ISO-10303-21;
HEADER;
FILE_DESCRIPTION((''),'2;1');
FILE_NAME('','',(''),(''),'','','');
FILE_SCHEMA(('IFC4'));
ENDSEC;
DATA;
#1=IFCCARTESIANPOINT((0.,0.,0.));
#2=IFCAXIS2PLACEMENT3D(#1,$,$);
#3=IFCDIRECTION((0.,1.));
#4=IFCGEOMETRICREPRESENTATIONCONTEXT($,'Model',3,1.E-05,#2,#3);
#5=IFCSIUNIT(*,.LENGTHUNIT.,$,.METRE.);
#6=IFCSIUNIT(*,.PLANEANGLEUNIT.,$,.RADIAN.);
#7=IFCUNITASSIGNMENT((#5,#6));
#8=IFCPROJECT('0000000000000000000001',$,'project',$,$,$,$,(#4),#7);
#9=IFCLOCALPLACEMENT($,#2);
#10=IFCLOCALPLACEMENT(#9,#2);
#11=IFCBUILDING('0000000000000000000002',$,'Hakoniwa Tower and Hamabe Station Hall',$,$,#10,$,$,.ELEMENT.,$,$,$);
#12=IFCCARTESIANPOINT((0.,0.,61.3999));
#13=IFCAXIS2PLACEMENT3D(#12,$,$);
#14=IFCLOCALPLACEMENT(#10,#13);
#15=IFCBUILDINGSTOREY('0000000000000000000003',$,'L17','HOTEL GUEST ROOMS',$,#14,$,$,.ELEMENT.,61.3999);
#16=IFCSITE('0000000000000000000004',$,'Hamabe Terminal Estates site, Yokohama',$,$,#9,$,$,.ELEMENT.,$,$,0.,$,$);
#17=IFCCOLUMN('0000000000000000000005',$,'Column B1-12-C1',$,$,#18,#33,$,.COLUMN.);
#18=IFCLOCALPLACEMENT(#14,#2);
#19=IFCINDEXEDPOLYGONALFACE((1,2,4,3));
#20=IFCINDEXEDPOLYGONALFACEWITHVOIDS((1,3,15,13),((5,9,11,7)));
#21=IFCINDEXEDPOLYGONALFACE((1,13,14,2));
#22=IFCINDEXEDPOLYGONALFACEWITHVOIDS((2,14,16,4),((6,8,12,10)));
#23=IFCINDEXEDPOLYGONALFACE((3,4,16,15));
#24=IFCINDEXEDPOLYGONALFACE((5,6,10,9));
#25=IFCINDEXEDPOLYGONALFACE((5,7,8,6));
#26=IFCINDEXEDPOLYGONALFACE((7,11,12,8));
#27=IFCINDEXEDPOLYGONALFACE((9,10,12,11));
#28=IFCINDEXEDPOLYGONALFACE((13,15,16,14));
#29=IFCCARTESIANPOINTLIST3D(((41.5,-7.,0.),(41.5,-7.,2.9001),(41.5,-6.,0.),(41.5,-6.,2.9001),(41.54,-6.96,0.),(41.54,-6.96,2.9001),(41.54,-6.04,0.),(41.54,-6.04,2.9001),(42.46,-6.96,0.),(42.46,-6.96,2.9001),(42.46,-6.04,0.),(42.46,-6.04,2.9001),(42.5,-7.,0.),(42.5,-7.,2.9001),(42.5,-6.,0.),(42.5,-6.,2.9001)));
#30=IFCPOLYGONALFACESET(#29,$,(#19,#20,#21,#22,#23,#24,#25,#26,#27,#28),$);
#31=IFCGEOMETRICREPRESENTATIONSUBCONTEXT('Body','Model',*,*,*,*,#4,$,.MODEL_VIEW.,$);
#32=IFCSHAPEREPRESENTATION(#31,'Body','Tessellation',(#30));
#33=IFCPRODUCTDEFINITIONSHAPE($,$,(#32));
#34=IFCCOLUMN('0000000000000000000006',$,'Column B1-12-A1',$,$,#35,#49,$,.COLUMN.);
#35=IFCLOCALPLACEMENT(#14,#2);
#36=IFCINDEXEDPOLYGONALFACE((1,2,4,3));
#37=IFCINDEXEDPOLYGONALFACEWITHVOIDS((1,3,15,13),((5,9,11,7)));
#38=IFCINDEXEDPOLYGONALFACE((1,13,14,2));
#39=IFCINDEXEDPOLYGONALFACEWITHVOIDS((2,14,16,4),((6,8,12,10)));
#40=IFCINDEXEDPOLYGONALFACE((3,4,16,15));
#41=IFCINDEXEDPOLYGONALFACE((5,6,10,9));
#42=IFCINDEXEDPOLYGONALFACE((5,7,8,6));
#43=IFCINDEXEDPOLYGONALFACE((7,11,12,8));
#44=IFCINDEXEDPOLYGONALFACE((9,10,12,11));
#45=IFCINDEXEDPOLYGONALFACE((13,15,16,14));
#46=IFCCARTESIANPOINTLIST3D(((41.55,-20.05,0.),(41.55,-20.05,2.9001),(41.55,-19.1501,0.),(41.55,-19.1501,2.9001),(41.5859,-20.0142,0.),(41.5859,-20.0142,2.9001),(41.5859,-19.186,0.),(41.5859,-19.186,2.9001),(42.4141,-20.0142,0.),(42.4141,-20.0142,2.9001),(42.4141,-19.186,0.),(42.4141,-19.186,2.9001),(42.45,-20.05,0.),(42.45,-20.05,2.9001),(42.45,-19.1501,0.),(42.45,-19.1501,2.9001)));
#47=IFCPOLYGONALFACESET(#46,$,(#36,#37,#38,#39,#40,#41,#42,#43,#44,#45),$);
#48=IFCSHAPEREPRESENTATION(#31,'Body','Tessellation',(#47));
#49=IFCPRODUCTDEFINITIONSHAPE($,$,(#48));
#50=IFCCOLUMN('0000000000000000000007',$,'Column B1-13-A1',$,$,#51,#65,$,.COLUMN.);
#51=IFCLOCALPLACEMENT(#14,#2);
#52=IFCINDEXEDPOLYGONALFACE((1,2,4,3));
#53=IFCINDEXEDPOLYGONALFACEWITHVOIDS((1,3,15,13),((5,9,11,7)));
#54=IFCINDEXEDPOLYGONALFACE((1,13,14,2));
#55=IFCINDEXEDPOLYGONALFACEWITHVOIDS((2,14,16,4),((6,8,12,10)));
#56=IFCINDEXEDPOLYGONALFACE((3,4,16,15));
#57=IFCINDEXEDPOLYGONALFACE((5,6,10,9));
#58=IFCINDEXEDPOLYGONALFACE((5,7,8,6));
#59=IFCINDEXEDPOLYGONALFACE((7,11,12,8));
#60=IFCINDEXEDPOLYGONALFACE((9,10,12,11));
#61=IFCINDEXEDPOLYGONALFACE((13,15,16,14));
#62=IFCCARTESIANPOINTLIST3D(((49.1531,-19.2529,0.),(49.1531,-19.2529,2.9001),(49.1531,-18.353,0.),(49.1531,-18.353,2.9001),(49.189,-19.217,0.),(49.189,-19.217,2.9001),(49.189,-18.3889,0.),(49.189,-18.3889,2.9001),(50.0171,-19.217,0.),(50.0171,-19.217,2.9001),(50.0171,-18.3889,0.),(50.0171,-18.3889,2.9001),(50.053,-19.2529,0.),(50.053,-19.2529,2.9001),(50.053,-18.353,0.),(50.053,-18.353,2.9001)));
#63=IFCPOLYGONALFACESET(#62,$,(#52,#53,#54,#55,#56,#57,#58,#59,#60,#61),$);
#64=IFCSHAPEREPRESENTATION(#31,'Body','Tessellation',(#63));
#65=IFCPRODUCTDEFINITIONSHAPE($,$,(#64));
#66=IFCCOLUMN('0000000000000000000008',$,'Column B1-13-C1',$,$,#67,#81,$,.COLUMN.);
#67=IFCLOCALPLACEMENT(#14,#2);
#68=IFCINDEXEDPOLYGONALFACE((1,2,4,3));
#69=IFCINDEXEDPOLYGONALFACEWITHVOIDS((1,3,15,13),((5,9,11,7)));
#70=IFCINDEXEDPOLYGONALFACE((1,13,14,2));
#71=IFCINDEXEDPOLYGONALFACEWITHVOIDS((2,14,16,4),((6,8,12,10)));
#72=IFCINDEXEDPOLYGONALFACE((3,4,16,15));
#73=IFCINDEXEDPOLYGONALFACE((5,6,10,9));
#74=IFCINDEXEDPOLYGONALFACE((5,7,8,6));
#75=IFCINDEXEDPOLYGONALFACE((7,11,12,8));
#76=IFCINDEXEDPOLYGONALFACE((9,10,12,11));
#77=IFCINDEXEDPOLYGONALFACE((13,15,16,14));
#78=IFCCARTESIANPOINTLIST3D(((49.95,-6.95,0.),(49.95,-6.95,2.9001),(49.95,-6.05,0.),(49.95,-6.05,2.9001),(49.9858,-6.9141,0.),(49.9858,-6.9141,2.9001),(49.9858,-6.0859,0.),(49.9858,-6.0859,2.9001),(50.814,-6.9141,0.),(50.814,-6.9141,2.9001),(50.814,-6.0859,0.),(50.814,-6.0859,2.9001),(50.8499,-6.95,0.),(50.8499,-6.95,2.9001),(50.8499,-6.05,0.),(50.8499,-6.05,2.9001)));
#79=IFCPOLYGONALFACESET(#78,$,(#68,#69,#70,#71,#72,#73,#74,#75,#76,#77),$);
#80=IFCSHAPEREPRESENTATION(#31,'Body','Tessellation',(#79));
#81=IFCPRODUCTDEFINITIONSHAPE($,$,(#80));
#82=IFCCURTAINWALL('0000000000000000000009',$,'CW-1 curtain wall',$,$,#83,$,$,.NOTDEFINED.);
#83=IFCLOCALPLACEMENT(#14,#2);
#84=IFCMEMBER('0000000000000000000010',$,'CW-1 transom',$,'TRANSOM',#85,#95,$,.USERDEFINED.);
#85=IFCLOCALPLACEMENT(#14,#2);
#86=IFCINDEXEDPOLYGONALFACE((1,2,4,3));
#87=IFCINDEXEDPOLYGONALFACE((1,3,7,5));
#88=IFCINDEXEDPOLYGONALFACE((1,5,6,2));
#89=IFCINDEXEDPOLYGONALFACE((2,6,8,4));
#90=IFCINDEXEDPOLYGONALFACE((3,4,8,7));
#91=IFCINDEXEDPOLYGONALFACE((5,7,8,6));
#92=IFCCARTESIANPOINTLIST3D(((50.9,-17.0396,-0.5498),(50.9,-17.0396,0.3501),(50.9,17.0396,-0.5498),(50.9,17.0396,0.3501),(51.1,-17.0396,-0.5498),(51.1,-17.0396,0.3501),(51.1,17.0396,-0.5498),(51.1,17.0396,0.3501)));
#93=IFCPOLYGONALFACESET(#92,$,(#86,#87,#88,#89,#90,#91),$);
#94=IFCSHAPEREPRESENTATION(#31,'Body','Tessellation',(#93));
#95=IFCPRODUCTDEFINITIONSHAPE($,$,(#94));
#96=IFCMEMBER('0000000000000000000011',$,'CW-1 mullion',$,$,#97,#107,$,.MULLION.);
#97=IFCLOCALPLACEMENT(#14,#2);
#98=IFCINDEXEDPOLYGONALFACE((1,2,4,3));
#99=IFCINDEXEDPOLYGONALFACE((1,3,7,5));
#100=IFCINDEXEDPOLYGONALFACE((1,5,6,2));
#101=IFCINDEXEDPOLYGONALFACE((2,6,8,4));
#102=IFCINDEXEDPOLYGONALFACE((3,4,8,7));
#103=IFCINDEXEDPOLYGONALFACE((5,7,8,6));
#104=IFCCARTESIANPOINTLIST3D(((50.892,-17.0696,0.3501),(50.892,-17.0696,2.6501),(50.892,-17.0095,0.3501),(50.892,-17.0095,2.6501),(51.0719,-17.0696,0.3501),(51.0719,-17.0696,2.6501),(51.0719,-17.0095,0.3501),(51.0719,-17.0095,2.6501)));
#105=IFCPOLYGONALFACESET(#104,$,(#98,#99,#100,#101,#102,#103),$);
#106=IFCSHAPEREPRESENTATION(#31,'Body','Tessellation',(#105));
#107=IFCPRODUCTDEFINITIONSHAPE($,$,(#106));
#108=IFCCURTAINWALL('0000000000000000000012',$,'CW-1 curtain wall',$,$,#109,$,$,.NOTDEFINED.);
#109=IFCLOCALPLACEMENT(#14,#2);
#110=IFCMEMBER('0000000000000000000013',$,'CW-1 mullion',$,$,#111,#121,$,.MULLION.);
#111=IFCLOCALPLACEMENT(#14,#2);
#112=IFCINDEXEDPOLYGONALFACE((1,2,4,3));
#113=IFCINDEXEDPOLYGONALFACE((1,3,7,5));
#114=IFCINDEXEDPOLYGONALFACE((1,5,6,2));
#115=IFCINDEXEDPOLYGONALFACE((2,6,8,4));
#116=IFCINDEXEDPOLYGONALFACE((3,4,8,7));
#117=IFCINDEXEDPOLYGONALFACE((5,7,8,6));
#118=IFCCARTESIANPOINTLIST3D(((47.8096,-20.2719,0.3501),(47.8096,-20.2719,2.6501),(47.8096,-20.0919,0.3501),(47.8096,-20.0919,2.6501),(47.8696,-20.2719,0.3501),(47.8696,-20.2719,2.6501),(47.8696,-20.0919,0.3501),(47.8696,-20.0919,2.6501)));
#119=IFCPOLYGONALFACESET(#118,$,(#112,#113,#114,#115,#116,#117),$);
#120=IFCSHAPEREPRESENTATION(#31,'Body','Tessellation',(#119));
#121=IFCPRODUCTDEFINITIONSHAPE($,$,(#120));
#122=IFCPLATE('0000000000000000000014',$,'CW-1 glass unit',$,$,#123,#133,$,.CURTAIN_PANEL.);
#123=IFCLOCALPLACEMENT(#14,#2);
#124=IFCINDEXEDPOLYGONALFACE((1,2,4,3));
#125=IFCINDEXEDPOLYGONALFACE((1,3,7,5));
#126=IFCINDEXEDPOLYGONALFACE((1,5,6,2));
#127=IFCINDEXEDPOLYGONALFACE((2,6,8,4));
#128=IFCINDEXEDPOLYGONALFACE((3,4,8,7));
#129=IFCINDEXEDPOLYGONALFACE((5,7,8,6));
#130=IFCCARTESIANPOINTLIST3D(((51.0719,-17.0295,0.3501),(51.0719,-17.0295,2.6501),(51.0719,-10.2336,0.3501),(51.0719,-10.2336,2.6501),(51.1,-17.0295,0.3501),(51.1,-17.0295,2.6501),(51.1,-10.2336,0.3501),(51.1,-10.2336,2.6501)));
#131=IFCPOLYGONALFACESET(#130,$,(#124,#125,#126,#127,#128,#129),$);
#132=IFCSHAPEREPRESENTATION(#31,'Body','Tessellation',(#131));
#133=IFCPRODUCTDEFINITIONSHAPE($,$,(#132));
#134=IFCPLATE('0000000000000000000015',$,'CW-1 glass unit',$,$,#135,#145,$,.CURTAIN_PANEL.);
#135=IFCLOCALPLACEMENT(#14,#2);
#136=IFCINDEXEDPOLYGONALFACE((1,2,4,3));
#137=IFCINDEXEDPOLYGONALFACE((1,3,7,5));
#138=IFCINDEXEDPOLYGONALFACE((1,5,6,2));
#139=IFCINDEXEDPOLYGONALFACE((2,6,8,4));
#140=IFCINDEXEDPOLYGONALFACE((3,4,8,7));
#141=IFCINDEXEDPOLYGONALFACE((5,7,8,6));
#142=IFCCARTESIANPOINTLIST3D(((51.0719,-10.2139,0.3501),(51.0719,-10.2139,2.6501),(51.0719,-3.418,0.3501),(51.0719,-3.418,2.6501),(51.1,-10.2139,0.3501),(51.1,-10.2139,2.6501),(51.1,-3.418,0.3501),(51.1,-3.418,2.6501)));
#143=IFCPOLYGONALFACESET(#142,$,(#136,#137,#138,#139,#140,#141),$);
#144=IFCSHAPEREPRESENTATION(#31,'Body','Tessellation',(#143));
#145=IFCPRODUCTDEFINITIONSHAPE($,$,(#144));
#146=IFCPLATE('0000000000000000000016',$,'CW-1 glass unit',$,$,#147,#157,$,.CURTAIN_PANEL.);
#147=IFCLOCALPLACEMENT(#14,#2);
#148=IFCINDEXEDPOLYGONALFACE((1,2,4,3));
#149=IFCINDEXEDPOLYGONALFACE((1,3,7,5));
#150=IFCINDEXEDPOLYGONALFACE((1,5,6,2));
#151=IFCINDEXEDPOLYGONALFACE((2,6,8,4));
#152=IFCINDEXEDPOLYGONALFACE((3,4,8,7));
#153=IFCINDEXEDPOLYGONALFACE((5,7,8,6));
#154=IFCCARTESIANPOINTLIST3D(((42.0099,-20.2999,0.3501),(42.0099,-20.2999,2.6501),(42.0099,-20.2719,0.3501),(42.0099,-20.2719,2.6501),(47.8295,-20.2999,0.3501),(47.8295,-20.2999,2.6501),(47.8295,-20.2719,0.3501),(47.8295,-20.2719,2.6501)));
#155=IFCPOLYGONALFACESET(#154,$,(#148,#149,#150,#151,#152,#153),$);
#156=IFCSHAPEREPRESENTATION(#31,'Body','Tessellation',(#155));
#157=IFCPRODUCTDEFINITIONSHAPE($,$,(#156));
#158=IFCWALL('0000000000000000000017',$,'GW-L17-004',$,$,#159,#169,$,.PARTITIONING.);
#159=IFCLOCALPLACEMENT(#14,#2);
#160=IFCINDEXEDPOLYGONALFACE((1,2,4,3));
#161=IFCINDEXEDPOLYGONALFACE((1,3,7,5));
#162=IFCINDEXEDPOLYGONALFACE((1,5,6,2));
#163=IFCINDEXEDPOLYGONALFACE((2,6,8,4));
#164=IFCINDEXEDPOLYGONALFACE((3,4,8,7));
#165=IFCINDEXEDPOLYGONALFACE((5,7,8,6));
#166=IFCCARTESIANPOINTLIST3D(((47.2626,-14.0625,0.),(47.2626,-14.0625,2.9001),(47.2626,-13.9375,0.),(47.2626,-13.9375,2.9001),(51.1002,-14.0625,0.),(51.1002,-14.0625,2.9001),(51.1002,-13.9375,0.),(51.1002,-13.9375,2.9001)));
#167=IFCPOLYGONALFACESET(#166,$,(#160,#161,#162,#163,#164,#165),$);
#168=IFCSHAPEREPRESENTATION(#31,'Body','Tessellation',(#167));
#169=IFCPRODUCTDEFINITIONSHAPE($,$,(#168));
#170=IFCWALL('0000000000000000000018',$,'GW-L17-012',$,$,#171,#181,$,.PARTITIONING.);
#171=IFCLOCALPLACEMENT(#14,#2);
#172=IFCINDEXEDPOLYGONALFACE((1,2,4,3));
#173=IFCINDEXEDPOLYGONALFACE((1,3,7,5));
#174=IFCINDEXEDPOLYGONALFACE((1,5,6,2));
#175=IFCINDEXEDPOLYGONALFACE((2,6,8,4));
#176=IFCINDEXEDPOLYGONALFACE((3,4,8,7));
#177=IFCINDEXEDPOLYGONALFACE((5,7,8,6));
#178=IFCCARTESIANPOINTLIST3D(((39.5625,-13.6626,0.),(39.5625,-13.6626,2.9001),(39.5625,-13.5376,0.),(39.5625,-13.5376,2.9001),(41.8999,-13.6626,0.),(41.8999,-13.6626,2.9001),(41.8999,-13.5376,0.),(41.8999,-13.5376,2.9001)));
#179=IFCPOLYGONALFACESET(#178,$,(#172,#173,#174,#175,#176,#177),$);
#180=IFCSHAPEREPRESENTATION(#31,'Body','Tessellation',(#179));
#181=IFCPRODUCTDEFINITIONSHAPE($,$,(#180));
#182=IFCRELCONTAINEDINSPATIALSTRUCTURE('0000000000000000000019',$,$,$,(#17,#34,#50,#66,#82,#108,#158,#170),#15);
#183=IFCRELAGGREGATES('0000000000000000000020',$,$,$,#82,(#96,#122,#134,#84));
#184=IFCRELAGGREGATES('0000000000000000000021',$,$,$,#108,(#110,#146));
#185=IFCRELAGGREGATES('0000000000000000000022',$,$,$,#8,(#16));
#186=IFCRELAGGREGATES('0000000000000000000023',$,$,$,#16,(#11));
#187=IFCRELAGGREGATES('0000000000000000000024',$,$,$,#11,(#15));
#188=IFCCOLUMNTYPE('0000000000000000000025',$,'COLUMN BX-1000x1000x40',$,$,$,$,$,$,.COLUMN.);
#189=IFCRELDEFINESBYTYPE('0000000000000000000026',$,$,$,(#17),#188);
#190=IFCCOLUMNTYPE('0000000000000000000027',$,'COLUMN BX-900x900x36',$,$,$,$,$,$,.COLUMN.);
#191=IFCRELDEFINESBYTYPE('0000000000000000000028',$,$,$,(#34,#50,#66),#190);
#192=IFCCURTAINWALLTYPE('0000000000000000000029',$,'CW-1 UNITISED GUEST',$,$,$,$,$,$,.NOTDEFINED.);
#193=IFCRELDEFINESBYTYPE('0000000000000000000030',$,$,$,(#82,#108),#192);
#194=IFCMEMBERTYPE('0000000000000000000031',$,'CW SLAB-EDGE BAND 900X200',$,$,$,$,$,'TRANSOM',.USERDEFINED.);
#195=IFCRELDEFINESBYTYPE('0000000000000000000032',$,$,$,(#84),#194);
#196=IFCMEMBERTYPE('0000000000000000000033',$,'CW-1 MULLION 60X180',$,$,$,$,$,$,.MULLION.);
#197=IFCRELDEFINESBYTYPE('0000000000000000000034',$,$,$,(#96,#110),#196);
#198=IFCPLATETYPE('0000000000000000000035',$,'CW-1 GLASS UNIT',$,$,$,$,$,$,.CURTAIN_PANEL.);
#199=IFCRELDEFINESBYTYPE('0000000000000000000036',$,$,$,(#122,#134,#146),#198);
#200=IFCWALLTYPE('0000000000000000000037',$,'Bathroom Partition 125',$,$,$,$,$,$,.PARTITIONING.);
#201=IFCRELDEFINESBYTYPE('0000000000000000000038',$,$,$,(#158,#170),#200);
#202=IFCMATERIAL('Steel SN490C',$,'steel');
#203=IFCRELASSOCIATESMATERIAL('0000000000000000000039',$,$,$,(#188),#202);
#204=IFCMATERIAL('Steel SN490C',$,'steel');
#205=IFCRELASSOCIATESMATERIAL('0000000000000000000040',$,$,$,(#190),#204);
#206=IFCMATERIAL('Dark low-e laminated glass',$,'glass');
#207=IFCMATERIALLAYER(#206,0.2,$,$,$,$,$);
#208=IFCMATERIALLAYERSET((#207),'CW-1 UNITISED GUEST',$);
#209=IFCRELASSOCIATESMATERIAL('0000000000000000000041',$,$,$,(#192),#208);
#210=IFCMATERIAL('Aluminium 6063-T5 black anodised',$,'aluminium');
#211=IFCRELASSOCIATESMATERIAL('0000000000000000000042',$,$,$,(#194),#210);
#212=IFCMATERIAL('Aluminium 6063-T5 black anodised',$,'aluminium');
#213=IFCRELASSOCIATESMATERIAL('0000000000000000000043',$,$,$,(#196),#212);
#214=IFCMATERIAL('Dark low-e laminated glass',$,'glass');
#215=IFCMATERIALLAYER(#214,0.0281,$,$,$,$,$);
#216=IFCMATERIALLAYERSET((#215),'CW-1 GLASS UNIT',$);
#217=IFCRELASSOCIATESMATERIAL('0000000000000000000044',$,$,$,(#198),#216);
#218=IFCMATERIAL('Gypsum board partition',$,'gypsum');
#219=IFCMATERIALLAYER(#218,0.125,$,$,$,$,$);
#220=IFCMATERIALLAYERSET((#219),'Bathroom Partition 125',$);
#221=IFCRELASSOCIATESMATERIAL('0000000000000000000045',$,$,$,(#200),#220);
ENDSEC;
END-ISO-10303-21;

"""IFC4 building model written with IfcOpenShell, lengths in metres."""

from ifc_helpers import new_model, si_unit, direction, frame, frame_2d, origin, origin_2d, place, context, subcontext, project, spatial, rectangle, hollow_rectangle, extrude, material, layer, layer_set, material_profile, profile_set, type_object, element, aggregate, save


model = new_model("IFC4")

# Units and contexts
model_context = context("Model", 3, precision=1e-05, world=origin(), true_north=direction((0.0, 1.0)))
body_context = subcontext(model_context, "Body", "Model", "MODEL_VIEW")
ifc_project = project(units=[si_unit("LENGTHUNIT", "METRE"), si_unit("PLANEANGLEUNIT", "RADIAN")], contexts=[model_context])

# Site, building, storey
site_placement = place(None, origin())
site = spatial("IfcSite", under=ifc_project, at=site_placement, Name="Hamabe Terminal Estates site, Yokohama", CompositionType="ELEMENT", RefElevation=0.0)
building_placement = place(site_placement, origin())
building = spatial("IfcBuilding", under=site, at=building_placement, Name="Hakoniwa Tower and Hamabe Station Hall", CompositionType="ELEMENT")
storey_placement = place(building_placement, frame((0.0, 0.0, 61.3999)))
storey = spatial("IfcBuildingStorey", under=building, at=storey_placement, Name="L17", Description="HOTEL GUEST ROOMS", CompositionType="ELEMENT", Elevation=61.3999)

# Columns
ifc_material_1 = material(Name="Steel SN490C", Category="steel")
ifc_material_profile_1 = material_profile(ifc_material_1, hollow_rectangle(XDim=1.0, YDim=1.0, WallThickness=0.04, at=origin_2d()), Name="BX-1000x1000x40")
ifc_profile_set_1 = profile_set([ifc_material_profile_1], Name="Steel SN490C")
column_type_1 = type_object("IfcColumnType", Name="COLUMN BX-1000x1000x40", PredefinedType="COLUMN", material=ifc_profile_set_1)
column_placement = place(storey_placement, frame((42.0, -6.5, 0.0), z_axis=(0.0, 0.0, 1.0), x_axis=(1.0, 0.0, 0.0)))
element("IfcColumn", 1, at=column_placement, inside=storey, type_object=column_type_1, Name="Column B1-12-C1", PredefinedType="COLUMN", context=body_context, shape_type="SweptSolid", body=[
    extrude(hollow_rectangle(XDim=1.0, YDim=1.0, WallThickness=0.04, at=origin_2d()), origin(), (0.0, 0.0, 1.0), 2.9001),
])
ifc_material_2 = material(Name="Steel SN490C", Category="steel")
ifc_material_profile_2 = material_profile(ifc_material_2, hollow_rectangle(XDim=0.8999, YDim=0.8999, WallThickness=0.0359, at=origin_2d()), Name="BX-900x900x36")
ifc_profile_set_2 = profile_set([ifc_material_profile_2], Name="Steel SN490C")
column_type_2 = type_object("IfcColumnType", Name="COLUMN BX-900x900x36", PredefinedType="COLUMN", material=ifc_profile_set_2)
for number, where, z_axis, x_axis, name in (
    (2, (42.0, -19.6001, 0.0), (0.0, 0.0, 1.0), (1.0, 0.0, 0.0), "Column B1-12-A1"),
    (3, (49.603, -18.803, 0.0), (0.0, 0.0, 1.0), (1.0, 0.0, 0.0), "Column B1-13-A1"),
    (4, (50.3999, -6.5, 0.0), (0.0, 0.0, 1.0), (1.0, 0.0, 0.0), "Column B1-13-C1"),
):
    element("IfcColumn", number, at=place(storey_placement, frame(where, z_axis=z_axis, x_axis=x_axis)), inside=storey, type_object=column_type_2, Name=name, PredefinedType="COLUMN", context=body_context, shape_type="SweptSolid", body=[
        extrude(hollow_rectangle(XDim=0.8999, YDim=0.8999, WallThickness=0.0359, at=origin_2d()), origin(), (0.0, 0.0, 1.0), 2.9001),
    ])

# Curtain wall, members
ifc_material_3 = material(Name="Dark low-e laminated glass", Category="glass")
ifc_layer_1 = layer(ifc_material_3, 0.2)
ifc_layer_set_1 = layer_set([ifc_layer_1], Name="CW-1 UNITISED GUEST")
curtain_wall_type = type_object("IfcCurtainWallType", Name="CW-1 UNITISED GUEST", PredefinedType="NOTDEFINED", material=ifc_layer_set_1)
curtain_wall_1_placement = place(storey_placement, origin())
curtain_wall_1 = element("IfcCurtainWall", 5, at=curtain_wall_1_placement, inside=storey, type_object=curtain_wall_type, Name="CW-1 curtain wall", PredefinedType="NOTDEFINED")
ifc_material_4 = material(Name="Aluminium 6063-T5 black anodised", Category="aluminium")
ifc_material_profile_3 = material_profile(ifc_material_4, rectangle(XDim=0.2, YDim=0.8999, at=origin_2d()), Name="CW SLAB-EDGE BAND 900X200")
ifc_profile_set_3 = profile_set([ifc_material_profile_3], Name="Aluminium 6063-T5 black anodised")
member_type_1 = type_object("IfcMemberType", Name="CW SLAB-EDGE BAND 900X200", ElementType="TRANSOM", PredefinedType="USERDEFINED", material=ifc_profile_set_3)
member_1_placement = place(storey_placement, frame((51.0, -17.0396, -0.0999), z_axis=(0.0, 1.0, 0.0), x_axis=(-1.0, 0.0, 0.0)))
member_1 = element("IfcMember", 6, at=member_1_placement, type_object=member_type_1, Name="CW-1 transom", ObjectType="TRANSOM", PredefinedType="USERDEFINED", context=body_context, shape_type="SweptSolid", body=[
    extrude(rectangle(XDim=0.2, YDim=0.8999, at=origin_2d()), origin(), (0.0, 0.0, 1.0), 34.0791),
])
ifc_material_5 = material(Name="Aluminium 6063-T5 black anodised", Category="aluminium")
ifc_material_profile_4 = material_profile(ifc_material_5, rectangle(XDim=0.0601, YDim=0.1799, at=origin_2d()), Name="CW-1 MULLION 60X180")
ifc_profile_set_4 = profile_set([ifc_material_profile_4], Name="Aluminium 6063-T5 black anodised")
member_type_2 = type_object("IfcMemberType", Name="CW-1 MULLION 60X180", PredefinedType="MULLION", material=ifc_profile_set_4)
member_2_placement = place(storey_placement, frame((50.9819, -17.0396, 0.3501), z_axis=(0.0, 0.0, 1.0), x_axis=(0.0, 1.0, 0.0)))
member_2 = element("IfcMember", 7, at=member_2_placement, type_object=member_type_2, Name="CW-1 mullion", PredefinedType="MULLION", context=body_context, shape_type="SweptSolid", body=[
    extrude(rectangle(XDim=0.0601, YDim=0.1799, at=origin_2d()), origin(), (0.0, 0.0, 1.0), 2.3),
])

# Curtain wall, member
curtain_wall_2_placement = place(storey_placement, origin())
curtain_wall_2 = element("IfcCurtainWall", 8, at=curtain_wall_2_placement, inside=storey, type_object=curtain_wall_type, Name="CW-1 curtain wall", PredefinedType="NOTDEFINED")
member_3_placement = place(storey_placement, frame((47.8396, -20.1819, 0.3501), z_axis=(0.0, 0.0, 1.0), x_axis=(1.0, 0.0, 0.0)))
member_3 = element("IfcMember", 9, at=member_3_placement, type_object=member_type_2, Name="CW-1 mullion", PredefinedType="MULLION", context=body_context, shape_type="SweptSolid", body=[
    extrude(rectangle(XDim=0.0601, YDim=0.1799, at=origin_2d()), origin(), (0.0, 0.0, 1.0), 2.3),
])

# Plates
ifc_material_6 = material(Name="Dark low-e laminated glass", Category="glass")
ifc_layer_2 = layer(ifc_material_6, 0.0281)
ifc_layer_set_2 = layer_set([ifc_layer_2], Name="CW-1 GLASS UNIT")
plate_type = type_object("IfcPlateType", Name="CW-1 GLASS UNIT", PredefinedType="CURTAIN_PANEL", material=ifc_layer_set_2)
plate_1_placement = place(storey_placement, frame((51.0859, -13.6316, 0.3501), z_axis=(0.0, 0.0, 1.0), x_axis=(0.0, 1.0, 0.0)))
plate_1 = element("IfcPlate", 10, at=plate_1_placement, type_object=plate_type, Name="CW-1 glass unit", PredefinedType="CURTAIN_PANEL", context=body_context, shape_type="SweptSolid", body=[
    extrude(rectangle(XDim=6.7959, YDim=0.0281, at=origin_2d()), origin(), (0.0, 0.0, 1.0), 2.3),
])
plate_2_placement = place(storey_placement, frame((51.0859, -6.8159, 0.3501), z_axis=(0.0, 0.0, 1.0), x_axis=(0.0, 1.0, 0.0)))
plate_2 = element("IfcPlate", 11, at=plate_2_placement, type_object=plate_type, Name="CW-1 glass unit", PredefinedType="CURTAIN_PANEL", context=body_context, shape_type="SweptSolid", body=[
    extrude(rectangle(XDim=6.7959, YDim=0.0281, at=origin_2d()), origin(), (0.0, 0.0, 1.0), 2.3),
])
aggregate(curtain_wall_1, [member_2, plate_1, plate_2, member_1])
plate_3_placement = place(storey_placement, frame((44.9197, -20.2859, 0.3501), z_axis=(0.0, 0.0, 1.0), x_axis=(1.0, 0.0, 0.0)))
plate_3 = element("IfcPlate", 12, at=plate_3_placement, type_object=plate_type, Name="CW-1 glass unit", PredefinedType="CURTAIN_PANEL", context=body_context, shape_type="SweptSolid", body=[
    extrude(rectangle(XDim=5.8196, YDim=0.0281, at=origin_2d()), origin(), (0.0, 0.0, 1.0), 2.3),
])
aggregate(curtain_wall_2, [member_3, plate_3])

# Walls
ifc_material_7 = material(Name="Gypsum board partition", Category="gypsum")
ifc_layer_3 = layer(ifc_material_7, 0.125)
ifc_layer_set_3 = layer_set([ifc_layer_3], Name="Bathroom Partition 125")
wall_type_1 = type_object("IfcWallType", Name="Bathroom Partition 125", PredefinedType="PARTITIONING", material=ifc_layer_set_3)
wall_1_placement = place(storey_placement, frame((47.2625, -14.0, 0.0), z_axis=(0.0, 0.0, 1.0), x_axis=(1.0, 0.0, 0.0)))
element("IfcWall", 13, at=wall_1_placement, inside=storey, type_object=wall_type_1, Name="GW-L17-004", PredefinedType="PARTITIONING", context=body_context, shape_type="SweptSolid", body=[
    extrude(rectangle(XDim=3.8376, YDim=0.125, at=frame_2d((1.9189, 0.0))), origin(), (0.0, 0.0, 1.0), 2.9001),
])
wall_2_placement = place(storey_placement, frame((39.5625, -13.6001, 0.0), z_axis=(0.0, 0.0, 1.0), x_axis=(1.0, 0.0, 0.0)))
element("IfcWall", 14, at=wall_2_placement, inside=storey, type_object=wall_type_1, Name="GW-L17-012", PredefinedType="PARTITIONING", context=body_context, shape_type="SweptSolid", body=[
    extrude(rectangle(XDim=2.3374, YDim=0.125, at=frame_2d((1.1687, 0.0))), origin(), (0.0, 0.0, 1.0), 2.9001),
])

save(model, "model.ifc")
